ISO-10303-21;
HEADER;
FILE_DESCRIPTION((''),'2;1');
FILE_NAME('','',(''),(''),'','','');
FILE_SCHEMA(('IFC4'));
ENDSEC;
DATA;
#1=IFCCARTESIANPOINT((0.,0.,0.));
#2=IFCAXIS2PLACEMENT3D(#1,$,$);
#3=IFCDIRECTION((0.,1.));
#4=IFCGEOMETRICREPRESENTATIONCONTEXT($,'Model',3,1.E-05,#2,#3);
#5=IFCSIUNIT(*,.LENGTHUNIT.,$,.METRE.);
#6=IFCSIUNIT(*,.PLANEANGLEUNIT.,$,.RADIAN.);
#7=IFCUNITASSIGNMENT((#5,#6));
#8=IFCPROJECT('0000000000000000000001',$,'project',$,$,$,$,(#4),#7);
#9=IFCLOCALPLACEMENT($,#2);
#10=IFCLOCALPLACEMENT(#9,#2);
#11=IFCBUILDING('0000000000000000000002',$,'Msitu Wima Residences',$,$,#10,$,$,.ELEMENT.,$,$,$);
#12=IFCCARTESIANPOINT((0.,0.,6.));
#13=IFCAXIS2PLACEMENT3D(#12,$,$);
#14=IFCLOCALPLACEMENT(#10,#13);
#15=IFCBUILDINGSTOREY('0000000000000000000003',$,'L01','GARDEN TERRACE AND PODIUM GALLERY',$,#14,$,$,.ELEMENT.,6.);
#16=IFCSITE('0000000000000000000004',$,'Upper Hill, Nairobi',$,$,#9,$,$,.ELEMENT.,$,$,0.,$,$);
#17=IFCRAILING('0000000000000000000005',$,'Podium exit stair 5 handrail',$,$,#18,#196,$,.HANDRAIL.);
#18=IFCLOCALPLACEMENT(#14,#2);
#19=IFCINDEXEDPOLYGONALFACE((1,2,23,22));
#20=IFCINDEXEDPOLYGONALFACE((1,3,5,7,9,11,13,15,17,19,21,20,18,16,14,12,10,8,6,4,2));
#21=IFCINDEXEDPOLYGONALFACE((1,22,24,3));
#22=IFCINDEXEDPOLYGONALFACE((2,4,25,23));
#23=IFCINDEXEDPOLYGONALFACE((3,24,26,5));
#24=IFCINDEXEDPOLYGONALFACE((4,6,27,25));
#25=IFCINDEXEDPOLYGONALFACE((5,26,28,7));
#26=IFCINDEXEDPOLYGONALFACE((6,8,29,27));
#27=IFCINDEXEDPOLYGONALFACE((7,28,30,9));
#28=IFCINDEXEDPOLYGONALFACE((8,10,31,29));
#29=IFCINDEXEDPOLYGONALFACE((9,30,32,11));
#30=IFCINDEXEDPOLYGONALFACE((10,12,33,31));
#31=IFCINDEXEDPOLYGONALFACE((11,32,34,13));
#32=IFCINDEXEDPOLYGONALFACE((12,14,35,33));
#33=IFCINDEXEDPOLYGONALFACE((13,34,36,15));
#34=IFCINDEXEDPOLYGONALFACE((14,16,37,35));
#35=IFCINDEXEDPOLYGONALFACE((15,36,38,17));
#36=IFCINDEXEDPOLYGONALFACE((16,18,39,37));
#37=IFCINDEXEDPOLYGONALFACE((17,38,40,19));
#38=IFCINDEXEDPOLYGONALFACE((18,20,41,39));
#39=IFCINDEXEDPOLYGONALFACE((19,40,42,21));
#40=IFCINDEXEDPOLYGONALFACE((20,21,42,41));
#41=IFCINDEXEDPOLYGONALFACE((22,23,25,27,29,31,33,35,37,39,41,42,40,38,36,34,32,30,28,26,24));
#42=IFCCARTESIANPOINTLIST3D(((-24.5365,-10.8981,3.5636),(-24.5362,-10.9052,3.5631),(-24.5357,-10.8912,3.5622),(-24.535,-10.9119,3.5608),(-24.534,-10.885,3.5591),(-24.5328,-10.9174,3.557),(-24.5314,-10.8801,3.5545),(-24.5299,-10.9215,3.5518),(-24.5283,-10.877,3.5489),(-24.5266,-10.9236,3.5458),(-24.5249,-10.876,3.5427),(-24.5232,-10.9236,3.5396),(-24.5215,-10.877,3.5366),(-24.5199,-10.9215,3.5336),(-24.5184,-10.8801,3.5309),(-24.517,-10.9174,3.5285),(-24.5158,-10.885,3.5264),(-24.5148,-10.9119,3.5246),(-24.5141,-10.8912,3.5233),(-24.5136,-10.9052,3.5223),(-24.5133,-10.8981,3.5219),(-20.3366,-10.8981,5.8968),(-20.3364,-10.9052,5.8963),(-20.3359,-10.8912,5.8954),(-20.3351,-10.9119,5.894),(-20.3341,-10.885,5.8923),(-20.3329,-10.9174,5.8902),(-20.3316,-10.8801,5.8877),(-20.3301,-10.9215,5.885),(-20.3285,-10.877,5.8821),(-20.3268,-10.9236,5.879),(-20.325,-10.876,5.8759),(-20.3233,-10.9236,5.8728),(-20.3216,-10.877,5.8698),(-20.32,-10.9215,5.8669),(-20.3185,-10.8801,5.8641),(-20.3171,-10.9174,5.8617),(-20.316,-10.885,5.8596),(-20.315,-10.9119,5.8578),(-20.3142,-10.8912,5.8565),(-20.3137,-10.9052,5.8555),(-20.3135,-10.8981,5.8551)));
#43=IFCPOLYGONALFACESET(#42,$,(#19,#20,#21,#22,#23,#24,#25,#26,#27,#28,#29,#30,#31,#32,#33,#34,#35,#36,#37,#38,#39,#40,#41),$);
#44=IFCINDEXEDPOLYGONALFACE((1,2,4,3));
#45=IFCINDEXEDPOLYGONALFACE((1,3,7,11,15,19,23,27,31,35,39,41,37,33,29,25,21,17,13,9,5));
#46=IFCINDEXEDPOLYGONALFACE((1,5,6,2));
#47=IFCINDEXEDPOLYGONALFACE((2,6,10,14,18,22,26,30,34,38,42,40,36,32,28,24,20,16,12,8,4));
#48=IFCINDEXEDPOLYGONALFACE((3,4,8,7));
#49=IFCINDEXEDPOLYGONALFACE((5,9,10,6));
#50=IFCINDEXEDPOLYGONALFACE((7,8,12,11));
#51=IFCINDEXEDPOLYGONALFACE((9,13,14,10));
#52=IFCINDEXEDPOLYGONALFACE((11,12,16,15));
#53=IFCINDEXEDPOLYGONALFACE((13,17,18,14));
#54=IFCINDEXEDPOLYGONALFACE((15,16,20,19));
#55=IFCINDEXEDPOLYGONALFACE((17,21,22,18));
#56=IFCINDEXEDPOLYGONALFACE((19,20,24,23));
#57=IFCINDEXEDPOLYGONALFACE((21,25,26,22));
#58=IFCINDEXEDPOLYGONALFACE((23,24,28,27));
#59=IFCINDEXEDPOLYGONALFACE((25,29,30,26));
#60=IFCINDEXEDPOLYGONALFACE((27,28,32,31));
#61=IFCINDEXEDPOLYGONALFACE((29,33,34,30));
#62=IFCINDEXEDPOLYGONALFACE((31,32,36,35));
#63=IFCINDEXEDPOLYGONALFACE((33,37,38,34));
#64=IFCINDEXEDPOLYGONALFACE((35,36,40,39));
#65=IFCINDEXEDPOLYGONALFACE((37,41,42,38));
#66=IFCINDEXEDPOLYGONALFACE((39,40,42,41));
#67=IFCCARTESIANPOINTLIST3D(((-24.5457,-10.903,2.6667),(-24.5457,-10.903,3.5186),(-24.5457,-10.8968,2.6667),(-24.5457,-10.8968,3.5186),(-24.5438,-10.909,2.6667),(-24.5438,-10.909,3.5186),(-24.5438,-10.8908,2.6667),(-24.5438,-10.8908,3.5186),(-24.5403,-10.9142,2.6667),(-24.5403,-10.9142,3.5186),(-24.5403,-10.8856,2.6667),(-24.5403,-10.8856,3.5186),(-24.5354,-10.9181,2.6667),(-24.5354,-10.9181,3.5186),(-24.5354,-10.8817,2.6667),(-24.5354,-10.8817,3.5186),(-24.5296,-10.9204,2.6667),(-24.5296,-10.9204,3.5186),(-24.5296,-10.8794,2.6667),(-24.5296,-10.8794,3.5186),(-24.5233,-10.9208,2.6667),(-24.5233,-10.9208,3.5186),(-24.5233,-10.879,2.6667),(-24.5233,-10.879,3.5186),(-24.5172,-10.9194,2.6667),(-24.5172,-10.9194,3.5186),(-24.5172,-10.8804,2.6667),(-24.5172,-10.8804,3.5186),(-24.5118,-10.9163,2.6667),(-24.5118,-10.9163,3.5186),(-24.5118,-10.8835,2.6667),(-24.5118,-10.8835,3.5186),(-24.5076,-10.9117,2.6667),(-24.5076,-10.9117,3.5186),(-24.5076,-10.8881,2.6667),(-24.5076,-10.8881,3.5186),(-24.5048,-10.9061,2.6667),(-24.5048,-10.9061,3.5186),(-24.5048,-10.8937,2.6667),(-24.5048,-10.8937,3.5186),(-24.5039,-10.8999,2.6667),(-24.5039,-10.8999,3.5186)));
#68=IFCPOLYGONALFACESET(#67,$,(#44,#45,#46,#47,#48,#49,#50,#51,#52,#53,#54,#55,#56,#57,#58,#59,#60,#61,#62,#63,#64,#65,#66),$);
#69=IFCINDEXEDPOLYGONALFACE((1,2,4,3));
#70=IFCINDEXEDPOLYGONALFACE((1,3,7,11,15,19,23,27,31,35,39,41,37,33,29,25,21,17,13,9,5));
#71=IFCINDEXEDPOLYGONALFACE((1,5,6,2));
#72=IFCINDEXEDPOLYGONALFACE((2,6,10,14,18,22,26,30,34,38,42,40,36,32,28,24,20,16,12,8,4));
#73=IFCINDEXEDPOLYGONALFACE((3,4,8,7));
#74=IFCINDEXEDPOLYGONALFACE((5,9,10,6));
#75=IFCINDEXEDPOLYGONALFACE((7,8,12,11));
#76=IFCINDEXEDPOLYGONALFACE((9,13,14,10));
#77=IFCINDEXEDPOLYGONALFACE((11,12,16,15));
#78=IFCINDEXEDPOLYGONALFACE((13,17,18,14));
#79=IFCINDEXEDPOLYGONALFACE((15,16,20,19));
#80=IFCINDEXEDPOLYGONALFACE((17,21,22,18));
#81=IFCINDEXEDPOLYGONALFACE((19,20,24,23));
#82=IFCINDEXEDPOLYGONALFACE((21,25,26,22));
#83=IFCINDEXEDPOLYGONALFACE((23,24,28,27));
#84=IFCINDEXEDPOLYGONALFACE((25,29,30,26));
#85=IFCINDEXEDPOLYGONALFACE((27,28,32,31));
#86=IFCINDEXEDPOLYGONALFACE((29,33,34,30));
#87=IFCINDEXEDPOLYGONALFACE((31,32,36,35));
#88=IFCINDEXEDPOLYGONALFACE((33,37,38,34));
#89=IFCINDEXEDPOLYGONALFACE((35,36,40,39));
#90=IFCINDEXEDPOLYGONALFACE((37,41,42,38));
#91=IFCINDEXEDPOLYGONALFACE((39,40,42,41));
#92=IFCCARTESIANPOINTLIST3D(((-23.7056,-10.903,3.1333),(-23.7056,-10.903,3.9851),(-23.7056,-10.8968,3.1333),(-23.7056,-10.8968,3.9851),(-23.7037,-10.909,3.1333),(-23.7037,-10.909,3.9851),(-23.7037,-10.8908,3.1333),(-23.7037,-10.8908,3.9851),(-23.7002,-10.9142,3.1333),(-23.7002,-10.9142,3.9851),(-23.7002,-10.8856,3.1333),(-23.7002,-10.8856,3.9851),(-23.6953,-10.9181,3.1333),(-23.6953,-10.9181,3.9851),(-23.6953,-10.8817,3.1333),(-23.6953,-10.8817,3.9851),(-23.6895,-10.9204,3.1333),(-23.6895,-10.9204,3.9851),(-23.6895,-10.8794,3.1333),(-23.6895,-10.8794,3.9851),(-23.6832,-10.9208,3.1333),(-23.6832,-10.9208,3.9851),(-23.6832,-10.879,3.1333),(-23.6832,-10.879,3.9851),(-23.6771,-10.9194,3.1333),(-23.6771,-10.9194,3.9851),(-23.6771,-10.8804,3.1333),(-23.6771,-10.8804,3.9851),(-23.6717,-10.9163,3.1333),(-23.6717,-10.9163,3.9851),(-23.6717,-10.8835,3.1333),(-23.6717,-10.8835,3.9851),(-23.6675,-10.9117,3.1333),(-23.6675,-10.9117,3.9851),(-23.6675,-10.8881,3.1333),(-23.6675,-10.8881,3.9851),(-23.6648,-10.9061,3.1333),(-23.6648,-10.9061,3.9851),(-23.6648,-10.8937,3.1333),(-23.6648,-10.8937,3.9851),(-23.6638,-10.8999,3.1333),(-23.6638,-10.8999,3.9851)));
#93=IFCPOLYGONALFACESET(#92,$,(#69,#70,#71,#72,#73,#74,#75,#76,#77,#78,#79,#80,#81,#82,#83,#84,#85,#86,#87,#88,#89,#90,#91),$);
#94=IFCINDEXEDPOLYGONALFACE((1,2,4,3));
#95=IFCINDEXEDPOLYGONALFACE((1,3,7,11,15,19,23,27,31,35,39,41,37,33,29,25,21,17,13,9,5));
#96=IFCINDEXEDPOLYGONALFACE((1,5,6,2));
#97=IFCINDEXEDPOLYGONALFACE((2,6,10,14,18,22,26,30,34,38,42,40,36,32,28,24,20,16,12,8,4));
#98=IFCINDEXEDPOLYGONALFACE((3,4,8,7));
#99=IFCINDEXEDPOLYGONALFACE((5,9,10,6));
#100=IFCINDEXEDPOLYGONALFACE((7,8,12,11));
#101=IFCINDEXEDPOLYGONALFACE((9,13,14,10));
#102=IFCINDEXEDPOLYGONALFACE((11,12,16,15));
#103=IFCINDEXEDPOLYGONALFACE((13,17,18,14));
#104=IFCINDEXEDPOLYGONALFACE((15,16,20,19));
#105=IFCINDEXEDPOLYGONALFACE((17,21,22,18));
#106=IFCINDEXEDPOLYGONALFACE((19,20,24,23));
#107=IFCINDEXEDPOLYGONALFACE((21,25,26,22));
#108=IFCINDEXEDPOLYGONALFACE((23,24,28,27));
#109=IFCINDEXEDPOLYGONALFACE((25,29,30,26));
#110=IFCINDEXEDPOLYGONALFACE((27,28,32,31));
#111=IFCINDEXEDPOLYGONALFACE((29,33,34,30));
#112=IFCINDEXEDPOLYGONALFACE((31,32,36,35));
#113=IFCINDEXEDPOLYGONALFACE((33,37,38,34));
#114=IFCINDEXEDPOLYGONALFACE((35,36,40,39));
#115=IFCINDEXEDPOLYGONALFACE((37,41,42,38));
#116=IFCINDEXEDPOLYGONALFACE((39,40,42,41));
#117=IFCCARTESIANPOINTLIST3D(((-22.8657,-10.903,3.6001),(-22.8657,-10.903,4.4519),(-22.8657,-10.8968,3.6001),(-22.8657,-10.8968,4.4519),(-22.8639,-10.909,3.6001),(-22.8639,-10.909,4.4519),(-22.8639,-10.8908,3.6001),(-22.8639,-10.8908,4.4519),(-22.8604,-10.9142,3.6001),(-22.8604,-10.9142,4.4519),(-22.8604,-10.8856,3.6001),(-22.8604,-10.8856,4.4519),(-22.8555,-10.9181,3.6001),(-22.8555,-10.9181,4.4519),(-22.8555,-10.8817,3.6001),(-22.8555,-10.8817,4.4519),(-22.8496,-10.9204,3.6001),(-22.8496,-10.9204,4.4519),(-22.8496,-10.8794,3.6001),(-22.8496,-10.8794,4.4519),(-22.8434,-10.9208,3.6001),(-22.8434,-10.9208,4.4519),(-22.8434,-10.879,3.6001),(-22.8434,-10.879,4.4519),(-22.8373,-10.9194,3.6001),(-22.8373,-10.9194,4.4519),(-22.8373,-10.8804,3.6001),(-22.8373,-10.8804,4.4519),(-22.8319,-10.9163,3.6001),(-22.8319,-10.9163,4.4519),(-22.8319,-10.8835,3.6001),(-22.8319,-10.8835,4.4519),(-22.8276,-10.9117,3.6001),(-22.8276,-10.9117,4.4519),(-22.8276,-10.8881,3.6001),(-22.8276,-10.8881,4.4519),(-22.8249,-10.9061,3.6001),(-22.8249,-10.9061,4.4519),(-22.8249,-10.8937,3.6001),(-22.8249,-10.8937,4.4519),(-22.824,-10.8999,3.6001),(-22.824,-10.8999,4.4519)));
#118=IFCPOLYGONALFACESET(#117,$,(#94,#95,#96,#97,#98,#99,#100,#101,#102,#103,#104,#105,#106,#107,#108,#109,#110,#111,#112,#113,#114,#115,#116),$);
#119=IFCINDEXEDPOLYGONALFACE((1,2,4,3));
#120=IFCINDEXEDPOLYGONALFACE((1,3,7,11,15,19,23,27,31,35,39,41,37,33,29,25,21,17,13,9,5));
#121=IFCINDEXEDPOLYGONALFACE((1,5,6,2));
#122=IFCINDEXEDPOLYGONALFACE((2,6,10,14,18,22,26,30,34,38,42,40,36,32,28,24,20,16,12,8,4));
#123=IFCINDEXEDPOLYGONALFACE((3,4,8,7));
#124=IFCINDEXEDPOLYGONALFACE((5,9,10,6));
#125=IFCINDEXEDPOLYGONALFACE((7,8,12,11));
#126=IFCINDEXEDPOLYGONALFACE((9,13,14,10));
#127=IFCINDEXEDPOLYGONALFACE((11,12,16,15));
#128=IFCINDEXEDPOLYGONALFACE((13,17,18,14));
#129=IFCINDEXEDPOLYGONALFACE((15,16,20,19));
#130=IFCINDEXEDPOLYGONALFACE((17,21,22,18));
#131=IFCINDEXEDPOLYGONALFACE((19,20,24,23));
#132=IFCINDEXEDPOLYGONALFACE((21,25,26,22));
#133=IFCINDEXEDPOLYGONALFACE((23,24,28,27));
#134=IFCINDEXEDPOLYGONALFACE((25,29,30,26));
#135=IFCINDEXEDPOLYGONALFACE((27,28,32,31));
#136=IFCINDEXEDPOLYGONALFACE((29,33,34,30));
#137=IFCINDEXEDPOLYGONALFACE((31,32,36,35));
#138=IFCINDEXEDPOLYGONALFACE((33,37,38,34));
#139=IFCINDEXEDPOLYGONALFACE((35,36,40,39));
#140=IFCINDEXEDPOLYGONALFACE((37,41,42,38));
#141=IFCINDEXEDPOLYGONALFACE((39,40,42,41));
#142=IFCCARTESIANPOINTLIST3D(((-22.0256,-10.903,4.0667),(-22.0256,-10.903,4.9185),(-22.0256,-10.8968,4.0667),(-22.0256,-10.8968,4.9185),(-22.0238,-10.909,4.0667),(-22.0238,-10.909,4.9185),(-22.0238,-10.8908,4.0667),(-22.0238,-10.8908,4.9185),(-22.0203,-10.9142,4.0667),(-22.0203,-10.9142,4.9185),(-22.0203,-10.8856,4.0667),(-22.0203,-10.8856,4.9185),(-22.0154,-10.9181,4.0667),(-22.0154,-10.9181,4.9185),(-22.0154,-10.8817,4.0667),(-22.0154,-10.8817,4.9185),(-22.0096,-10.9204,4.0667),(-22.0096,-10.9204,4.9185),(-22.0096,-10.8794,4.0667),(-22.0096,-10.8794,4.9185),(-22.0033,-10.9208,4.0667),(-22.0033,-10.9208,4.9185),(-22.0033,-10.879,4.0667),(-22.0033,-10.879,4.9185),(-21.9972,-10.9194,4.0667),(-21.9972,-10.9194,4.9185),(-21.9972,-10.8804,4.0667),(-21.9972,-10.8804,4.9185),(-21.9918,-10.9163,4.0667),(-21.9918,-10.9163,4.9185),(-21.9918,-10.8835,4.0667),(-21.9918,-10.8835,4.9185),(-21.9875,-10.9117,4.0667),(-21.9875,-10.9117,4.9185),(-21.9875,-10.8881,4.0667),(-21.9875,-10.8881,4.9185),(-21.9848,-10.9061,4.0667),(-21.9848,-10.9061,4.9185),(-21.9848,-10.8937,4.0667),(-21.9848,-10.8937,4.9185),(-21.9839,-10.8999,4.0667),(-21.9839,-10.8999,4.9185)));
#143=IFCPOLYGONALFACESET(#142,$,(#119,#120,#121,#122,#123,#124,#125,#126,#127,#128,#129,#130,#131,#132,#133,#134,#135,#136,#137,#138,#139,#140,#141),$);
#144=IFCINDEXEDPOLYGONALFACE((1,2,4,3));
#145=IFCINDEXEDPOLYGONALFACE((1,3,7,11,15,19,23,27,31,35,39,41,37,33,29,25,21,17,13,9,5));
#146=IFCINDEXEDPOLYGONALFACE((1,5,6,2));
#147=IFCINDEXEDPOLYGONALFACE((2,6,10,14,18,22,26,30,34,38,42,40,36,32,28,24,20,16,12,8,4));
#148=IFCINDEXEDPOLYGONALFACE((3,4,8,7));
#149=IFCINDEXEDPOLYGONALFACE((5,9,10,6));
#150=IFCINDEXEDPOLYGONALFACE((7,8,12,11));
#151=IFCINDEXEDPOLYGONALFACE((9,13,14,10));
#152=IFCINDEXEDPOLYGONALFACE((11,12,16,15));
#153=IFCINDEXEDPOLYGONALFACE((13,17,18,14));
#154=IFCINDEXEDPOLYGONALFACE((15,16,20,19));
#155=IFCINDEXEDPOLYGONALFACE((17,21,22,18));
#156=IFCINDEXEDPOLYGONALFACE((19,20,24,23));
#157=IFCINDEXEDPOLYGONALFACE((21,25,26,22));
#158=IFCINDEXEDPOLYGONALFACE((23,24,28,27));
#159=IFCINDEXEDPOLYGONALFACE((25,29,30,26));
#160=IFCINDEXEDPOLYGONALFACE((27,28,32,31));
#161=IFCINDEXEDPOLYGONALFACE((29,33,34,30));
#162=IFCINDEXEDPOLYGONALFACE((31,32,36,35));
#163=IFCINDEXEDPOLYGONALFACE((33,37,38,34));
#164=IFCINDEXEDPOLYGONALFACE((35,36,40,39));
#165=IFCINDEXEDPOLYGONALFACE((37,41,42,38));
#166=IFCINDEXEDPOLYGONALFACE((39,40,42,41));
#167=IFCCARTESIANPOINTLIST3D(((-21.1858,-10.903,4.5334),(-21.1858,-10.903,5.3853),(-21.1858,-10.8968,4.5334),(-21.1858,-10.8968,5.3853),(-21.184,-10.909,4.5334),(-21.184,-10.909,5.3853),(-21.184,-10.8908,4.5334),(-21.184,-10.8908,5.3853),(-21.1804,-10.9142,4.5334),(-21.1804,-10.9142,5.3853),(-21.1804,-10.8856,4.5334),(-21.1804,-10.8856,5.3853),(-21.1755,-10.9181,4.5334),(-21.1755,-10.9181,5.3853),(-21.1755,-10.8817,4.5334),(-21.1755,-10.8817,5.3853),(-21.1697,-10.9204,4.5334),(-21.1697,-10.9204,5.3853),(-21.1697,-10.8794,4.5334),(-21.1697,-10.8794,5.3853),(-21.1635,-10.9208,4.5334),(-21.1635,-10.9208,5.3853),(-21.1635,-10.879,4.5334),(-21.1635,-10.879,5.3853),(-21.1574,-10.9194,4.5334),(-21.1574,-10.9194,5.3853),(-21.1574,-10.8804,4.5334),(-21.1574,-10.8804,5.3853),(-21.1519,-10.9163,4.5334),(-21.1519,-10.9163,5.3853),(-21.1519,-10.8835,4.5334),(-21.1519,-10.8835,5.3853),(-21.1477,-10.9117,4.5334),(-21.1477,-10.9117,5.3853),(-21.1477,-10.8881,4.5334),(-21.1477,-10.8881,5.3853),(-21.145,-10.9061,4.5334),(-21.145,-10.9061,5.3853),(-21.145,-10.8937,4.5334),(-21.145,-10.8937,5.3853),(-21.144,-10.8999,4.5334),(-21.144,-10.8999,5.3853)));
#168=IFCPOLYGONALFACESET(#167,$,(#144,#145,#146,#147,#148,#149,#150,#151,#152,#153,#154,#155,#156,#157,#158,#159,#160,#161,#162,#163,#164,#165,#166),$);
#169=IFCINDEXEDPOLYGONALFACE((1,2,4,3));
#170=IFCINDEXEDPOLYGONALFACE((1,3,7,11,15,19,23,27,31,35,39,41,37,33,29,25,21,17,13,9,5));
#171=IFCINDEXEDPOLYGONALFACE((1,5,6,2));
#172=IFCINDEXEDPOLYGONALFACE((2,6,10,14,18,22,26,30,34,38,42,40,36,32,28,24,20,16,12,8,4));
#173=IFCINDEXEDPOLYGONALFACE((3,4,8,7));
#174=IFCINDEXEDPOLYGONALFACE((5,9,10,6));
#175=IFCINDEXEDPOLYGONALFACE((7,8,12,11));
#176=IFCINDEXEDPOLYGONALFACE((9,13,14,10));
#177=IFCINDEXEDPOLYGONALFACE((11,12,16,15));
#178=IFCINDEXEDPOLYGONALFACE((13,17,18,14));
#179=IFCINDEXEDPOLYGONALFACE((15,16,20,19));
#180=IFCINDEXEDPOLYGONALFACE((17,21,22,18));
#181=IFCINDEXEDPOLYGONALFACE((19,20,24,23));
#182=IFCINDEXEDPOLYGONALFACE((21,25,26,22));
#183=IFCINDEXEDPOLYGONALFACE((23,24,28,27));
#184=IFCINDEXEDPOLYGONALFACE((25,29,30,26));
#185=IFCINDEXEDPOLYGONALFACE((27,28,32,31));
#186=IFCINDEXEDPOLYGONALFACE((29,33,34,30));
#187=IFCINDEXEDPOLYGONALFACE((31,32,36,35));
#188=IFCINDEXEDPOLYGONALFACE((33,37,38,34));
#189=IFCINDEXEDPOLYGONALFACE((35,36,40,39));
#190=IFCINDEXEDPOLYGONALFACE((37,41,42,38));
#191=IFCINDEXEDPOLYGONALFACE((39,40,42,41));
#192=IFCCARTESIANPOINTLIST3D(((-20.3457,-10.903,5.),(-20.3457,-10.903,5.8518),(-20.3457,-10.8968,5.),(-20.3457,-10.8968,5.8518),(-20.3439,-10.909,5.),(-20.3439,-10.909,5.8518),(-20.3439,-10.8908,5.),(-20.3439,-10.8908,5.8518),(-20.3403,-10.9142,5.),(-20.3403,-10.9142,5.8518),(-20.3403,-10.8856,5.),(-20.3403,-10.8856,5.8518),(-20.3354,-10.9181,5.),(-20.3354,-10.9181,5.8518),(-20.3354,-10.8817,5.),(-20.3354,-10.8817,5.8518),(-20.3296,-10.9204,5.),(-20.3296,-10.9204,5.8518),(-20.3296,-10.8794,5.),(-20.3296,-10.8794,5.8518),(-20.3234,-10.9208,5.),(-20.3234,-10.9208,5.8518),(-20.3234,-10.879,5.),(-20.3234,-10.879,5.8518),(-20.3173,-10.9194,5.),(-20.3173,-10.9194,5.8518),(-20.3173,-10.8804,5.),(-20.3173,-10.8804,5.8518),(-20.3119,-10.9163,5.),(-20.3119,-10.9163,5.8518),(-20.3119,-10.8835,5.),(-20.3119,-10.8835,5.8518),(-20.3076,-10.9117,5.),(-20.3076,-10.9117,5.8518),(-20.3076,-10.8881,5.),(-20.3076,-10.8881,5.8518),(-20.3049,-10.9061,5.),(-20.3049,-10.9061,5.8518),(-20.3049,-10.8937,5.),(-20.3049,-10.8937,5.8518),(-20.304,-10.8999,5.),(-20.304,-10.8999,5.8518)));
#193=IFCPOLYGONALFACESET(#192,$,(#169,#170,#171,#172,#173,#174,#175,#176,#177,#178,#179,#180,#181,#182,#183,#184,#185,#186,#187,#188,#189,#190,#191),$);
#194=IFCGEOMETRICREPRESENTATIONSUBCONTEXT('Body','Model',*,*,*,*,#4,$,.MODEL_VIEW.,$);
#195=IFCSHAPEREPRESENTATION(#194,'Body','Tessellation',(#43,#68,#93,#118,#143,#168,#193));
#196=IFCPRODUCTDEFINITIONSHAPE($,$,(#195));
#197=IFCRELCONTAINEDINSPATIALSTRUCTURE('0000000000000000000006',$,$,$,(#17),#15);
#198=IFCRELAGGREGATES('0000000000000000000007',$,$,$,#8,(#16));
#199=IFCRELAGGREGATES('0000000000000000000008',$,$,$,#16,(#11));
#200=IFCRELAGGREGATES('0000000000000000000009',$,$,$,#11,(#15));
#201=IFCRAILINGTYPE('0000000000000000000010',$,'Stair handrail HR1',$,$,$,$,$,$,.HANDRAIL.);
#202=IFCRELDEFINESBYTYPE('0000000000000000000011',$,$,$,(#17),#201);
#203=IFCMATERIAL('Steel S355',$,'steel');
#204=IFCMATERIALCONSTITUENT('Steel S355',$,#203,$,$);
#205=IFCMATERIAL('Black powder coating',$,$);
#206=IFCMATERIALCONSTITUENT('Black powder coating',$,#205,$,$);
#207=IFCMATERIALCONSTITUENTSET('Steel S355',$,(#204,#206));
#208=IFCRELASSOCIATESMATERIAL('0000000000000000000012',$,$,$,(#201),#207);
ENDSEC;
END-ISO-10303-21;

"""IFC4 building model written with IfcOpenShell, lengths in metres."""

from ifc_helpers import new_model, si_unit, direction, frame, origin, origin_2d, place, context, subcontext, project, spatial, circle, extrude, material, constituent, constituent_set, type_object, element, save


model = new_model("IFC4")

# Units and contexts
model_context = context("Model", 3, precision=1e-05, world=origin(), true_north=direction((0.0, 1.0)))
body_context = subcontext(model_context, "Body", "Model", "MODEL_VIEW")
ifc_project = project(units=[si_unit("LENGTHUNIT", "METRE"), si_unit("PLANEANGLEUNIT", "RADIAN")], contexts=[model_context])

# Site, building, storey
site_placement = place(None, origin())
site = spatial("IfcSite", under=ifc_project, at=site_placement, Name="Upper Hill, Nairobi", CompositionType="ELEMENT", RefElevation=0.0)
building_placement = place(site_placement, origin())
building = spatial("IfcBuilding", under=site, at=building_placement, Name="Msitu Wima Residences", CompositionType="ELEMENT")
storey_placement = place(building_placement, frame((0.0, 0.0, 6.0)))
storey = spatial("IfcBuildingStorey", under=building, at=storey_placement, Name="L01", Description="GARDEN TERRACE AND PODIUM GALLERY", CompositionType="ELEMENT", Elevation=6.0)

# Railing
ifc_material_1 = material(Name="Steel S355", Category="steel")
ifc_constituent_1 = constituent(ifc_material_1, Name="Steel S355")
ifc_material_2 = material(Name="Black powder coating")
ifc_constituent_2 = constituent(ifc_material_2, Name="Black powder coating")
ifc_constituent_set = constituent_set(constituents=[ifc_constituent_1, ifc_constituent_2], Name="Steel S355")
railing_type = type_object("IfcRailingType", Name="Stair handrail HR1", PredefinedType="HANDRAIL", material=ifc_constituent_set)
for number, where, name in (
    (1, (-24.5249, -10.8999, 2.6667), "Podium exit stair 5 handrail"),
):
    element("IfcRailing", number, at=place(storey_placement, frame(where)), inside=storey, type_object=railing_type, Name=name, PredefinedType="HANDRAIL", context=body_context, shape_type="SweptSolid", body=[
        extrude(circle(Radius=0.0239, at=origin_2d()), frame((0.0, 0.0, 0.876), z_axis=(0.874162, 0.0, 0.485634), x_axis=(0.0, 1.0, 0.0)), (0.0, 0.0, 1.0), 4.8044),
        extrude(circle(Radius=0.021, at=origin_2d()), origin(), (0.0, 0.0, 1.0), 0.8518),
        extrude(circle(Radius=0.021, at=origin_2d()), frame((0.8401, 0.0, 0.4666)), (0.0, 0.0, 1.0), 0.8518),
        extrude(circle(Radius=0.021, at=origin_2d()), frame((1.6799, 0.0, 0.9333)), (0.0, 0.0, 1.0), 0.8518),
        extrude(circle(Radius=0.021, at=origin_2d()), frame((2.52, 0.0, 1.3999)), (0.0, 0.0, 1.0), 0.8518),
        extrude(circle(Radius=0.021, at=origin_2d()), frame((3.3599, 0.0, 1.8667)), (0.0, 0.0, 1.0), 0.8518),
        extrude(circle(Radius=0.021, at=origin_2d()), frame((4.2, 0.0, 2.3333)), (0.0, 0.0, 1.0), 0.8518),
    ])

save(model, "model.ifc")
